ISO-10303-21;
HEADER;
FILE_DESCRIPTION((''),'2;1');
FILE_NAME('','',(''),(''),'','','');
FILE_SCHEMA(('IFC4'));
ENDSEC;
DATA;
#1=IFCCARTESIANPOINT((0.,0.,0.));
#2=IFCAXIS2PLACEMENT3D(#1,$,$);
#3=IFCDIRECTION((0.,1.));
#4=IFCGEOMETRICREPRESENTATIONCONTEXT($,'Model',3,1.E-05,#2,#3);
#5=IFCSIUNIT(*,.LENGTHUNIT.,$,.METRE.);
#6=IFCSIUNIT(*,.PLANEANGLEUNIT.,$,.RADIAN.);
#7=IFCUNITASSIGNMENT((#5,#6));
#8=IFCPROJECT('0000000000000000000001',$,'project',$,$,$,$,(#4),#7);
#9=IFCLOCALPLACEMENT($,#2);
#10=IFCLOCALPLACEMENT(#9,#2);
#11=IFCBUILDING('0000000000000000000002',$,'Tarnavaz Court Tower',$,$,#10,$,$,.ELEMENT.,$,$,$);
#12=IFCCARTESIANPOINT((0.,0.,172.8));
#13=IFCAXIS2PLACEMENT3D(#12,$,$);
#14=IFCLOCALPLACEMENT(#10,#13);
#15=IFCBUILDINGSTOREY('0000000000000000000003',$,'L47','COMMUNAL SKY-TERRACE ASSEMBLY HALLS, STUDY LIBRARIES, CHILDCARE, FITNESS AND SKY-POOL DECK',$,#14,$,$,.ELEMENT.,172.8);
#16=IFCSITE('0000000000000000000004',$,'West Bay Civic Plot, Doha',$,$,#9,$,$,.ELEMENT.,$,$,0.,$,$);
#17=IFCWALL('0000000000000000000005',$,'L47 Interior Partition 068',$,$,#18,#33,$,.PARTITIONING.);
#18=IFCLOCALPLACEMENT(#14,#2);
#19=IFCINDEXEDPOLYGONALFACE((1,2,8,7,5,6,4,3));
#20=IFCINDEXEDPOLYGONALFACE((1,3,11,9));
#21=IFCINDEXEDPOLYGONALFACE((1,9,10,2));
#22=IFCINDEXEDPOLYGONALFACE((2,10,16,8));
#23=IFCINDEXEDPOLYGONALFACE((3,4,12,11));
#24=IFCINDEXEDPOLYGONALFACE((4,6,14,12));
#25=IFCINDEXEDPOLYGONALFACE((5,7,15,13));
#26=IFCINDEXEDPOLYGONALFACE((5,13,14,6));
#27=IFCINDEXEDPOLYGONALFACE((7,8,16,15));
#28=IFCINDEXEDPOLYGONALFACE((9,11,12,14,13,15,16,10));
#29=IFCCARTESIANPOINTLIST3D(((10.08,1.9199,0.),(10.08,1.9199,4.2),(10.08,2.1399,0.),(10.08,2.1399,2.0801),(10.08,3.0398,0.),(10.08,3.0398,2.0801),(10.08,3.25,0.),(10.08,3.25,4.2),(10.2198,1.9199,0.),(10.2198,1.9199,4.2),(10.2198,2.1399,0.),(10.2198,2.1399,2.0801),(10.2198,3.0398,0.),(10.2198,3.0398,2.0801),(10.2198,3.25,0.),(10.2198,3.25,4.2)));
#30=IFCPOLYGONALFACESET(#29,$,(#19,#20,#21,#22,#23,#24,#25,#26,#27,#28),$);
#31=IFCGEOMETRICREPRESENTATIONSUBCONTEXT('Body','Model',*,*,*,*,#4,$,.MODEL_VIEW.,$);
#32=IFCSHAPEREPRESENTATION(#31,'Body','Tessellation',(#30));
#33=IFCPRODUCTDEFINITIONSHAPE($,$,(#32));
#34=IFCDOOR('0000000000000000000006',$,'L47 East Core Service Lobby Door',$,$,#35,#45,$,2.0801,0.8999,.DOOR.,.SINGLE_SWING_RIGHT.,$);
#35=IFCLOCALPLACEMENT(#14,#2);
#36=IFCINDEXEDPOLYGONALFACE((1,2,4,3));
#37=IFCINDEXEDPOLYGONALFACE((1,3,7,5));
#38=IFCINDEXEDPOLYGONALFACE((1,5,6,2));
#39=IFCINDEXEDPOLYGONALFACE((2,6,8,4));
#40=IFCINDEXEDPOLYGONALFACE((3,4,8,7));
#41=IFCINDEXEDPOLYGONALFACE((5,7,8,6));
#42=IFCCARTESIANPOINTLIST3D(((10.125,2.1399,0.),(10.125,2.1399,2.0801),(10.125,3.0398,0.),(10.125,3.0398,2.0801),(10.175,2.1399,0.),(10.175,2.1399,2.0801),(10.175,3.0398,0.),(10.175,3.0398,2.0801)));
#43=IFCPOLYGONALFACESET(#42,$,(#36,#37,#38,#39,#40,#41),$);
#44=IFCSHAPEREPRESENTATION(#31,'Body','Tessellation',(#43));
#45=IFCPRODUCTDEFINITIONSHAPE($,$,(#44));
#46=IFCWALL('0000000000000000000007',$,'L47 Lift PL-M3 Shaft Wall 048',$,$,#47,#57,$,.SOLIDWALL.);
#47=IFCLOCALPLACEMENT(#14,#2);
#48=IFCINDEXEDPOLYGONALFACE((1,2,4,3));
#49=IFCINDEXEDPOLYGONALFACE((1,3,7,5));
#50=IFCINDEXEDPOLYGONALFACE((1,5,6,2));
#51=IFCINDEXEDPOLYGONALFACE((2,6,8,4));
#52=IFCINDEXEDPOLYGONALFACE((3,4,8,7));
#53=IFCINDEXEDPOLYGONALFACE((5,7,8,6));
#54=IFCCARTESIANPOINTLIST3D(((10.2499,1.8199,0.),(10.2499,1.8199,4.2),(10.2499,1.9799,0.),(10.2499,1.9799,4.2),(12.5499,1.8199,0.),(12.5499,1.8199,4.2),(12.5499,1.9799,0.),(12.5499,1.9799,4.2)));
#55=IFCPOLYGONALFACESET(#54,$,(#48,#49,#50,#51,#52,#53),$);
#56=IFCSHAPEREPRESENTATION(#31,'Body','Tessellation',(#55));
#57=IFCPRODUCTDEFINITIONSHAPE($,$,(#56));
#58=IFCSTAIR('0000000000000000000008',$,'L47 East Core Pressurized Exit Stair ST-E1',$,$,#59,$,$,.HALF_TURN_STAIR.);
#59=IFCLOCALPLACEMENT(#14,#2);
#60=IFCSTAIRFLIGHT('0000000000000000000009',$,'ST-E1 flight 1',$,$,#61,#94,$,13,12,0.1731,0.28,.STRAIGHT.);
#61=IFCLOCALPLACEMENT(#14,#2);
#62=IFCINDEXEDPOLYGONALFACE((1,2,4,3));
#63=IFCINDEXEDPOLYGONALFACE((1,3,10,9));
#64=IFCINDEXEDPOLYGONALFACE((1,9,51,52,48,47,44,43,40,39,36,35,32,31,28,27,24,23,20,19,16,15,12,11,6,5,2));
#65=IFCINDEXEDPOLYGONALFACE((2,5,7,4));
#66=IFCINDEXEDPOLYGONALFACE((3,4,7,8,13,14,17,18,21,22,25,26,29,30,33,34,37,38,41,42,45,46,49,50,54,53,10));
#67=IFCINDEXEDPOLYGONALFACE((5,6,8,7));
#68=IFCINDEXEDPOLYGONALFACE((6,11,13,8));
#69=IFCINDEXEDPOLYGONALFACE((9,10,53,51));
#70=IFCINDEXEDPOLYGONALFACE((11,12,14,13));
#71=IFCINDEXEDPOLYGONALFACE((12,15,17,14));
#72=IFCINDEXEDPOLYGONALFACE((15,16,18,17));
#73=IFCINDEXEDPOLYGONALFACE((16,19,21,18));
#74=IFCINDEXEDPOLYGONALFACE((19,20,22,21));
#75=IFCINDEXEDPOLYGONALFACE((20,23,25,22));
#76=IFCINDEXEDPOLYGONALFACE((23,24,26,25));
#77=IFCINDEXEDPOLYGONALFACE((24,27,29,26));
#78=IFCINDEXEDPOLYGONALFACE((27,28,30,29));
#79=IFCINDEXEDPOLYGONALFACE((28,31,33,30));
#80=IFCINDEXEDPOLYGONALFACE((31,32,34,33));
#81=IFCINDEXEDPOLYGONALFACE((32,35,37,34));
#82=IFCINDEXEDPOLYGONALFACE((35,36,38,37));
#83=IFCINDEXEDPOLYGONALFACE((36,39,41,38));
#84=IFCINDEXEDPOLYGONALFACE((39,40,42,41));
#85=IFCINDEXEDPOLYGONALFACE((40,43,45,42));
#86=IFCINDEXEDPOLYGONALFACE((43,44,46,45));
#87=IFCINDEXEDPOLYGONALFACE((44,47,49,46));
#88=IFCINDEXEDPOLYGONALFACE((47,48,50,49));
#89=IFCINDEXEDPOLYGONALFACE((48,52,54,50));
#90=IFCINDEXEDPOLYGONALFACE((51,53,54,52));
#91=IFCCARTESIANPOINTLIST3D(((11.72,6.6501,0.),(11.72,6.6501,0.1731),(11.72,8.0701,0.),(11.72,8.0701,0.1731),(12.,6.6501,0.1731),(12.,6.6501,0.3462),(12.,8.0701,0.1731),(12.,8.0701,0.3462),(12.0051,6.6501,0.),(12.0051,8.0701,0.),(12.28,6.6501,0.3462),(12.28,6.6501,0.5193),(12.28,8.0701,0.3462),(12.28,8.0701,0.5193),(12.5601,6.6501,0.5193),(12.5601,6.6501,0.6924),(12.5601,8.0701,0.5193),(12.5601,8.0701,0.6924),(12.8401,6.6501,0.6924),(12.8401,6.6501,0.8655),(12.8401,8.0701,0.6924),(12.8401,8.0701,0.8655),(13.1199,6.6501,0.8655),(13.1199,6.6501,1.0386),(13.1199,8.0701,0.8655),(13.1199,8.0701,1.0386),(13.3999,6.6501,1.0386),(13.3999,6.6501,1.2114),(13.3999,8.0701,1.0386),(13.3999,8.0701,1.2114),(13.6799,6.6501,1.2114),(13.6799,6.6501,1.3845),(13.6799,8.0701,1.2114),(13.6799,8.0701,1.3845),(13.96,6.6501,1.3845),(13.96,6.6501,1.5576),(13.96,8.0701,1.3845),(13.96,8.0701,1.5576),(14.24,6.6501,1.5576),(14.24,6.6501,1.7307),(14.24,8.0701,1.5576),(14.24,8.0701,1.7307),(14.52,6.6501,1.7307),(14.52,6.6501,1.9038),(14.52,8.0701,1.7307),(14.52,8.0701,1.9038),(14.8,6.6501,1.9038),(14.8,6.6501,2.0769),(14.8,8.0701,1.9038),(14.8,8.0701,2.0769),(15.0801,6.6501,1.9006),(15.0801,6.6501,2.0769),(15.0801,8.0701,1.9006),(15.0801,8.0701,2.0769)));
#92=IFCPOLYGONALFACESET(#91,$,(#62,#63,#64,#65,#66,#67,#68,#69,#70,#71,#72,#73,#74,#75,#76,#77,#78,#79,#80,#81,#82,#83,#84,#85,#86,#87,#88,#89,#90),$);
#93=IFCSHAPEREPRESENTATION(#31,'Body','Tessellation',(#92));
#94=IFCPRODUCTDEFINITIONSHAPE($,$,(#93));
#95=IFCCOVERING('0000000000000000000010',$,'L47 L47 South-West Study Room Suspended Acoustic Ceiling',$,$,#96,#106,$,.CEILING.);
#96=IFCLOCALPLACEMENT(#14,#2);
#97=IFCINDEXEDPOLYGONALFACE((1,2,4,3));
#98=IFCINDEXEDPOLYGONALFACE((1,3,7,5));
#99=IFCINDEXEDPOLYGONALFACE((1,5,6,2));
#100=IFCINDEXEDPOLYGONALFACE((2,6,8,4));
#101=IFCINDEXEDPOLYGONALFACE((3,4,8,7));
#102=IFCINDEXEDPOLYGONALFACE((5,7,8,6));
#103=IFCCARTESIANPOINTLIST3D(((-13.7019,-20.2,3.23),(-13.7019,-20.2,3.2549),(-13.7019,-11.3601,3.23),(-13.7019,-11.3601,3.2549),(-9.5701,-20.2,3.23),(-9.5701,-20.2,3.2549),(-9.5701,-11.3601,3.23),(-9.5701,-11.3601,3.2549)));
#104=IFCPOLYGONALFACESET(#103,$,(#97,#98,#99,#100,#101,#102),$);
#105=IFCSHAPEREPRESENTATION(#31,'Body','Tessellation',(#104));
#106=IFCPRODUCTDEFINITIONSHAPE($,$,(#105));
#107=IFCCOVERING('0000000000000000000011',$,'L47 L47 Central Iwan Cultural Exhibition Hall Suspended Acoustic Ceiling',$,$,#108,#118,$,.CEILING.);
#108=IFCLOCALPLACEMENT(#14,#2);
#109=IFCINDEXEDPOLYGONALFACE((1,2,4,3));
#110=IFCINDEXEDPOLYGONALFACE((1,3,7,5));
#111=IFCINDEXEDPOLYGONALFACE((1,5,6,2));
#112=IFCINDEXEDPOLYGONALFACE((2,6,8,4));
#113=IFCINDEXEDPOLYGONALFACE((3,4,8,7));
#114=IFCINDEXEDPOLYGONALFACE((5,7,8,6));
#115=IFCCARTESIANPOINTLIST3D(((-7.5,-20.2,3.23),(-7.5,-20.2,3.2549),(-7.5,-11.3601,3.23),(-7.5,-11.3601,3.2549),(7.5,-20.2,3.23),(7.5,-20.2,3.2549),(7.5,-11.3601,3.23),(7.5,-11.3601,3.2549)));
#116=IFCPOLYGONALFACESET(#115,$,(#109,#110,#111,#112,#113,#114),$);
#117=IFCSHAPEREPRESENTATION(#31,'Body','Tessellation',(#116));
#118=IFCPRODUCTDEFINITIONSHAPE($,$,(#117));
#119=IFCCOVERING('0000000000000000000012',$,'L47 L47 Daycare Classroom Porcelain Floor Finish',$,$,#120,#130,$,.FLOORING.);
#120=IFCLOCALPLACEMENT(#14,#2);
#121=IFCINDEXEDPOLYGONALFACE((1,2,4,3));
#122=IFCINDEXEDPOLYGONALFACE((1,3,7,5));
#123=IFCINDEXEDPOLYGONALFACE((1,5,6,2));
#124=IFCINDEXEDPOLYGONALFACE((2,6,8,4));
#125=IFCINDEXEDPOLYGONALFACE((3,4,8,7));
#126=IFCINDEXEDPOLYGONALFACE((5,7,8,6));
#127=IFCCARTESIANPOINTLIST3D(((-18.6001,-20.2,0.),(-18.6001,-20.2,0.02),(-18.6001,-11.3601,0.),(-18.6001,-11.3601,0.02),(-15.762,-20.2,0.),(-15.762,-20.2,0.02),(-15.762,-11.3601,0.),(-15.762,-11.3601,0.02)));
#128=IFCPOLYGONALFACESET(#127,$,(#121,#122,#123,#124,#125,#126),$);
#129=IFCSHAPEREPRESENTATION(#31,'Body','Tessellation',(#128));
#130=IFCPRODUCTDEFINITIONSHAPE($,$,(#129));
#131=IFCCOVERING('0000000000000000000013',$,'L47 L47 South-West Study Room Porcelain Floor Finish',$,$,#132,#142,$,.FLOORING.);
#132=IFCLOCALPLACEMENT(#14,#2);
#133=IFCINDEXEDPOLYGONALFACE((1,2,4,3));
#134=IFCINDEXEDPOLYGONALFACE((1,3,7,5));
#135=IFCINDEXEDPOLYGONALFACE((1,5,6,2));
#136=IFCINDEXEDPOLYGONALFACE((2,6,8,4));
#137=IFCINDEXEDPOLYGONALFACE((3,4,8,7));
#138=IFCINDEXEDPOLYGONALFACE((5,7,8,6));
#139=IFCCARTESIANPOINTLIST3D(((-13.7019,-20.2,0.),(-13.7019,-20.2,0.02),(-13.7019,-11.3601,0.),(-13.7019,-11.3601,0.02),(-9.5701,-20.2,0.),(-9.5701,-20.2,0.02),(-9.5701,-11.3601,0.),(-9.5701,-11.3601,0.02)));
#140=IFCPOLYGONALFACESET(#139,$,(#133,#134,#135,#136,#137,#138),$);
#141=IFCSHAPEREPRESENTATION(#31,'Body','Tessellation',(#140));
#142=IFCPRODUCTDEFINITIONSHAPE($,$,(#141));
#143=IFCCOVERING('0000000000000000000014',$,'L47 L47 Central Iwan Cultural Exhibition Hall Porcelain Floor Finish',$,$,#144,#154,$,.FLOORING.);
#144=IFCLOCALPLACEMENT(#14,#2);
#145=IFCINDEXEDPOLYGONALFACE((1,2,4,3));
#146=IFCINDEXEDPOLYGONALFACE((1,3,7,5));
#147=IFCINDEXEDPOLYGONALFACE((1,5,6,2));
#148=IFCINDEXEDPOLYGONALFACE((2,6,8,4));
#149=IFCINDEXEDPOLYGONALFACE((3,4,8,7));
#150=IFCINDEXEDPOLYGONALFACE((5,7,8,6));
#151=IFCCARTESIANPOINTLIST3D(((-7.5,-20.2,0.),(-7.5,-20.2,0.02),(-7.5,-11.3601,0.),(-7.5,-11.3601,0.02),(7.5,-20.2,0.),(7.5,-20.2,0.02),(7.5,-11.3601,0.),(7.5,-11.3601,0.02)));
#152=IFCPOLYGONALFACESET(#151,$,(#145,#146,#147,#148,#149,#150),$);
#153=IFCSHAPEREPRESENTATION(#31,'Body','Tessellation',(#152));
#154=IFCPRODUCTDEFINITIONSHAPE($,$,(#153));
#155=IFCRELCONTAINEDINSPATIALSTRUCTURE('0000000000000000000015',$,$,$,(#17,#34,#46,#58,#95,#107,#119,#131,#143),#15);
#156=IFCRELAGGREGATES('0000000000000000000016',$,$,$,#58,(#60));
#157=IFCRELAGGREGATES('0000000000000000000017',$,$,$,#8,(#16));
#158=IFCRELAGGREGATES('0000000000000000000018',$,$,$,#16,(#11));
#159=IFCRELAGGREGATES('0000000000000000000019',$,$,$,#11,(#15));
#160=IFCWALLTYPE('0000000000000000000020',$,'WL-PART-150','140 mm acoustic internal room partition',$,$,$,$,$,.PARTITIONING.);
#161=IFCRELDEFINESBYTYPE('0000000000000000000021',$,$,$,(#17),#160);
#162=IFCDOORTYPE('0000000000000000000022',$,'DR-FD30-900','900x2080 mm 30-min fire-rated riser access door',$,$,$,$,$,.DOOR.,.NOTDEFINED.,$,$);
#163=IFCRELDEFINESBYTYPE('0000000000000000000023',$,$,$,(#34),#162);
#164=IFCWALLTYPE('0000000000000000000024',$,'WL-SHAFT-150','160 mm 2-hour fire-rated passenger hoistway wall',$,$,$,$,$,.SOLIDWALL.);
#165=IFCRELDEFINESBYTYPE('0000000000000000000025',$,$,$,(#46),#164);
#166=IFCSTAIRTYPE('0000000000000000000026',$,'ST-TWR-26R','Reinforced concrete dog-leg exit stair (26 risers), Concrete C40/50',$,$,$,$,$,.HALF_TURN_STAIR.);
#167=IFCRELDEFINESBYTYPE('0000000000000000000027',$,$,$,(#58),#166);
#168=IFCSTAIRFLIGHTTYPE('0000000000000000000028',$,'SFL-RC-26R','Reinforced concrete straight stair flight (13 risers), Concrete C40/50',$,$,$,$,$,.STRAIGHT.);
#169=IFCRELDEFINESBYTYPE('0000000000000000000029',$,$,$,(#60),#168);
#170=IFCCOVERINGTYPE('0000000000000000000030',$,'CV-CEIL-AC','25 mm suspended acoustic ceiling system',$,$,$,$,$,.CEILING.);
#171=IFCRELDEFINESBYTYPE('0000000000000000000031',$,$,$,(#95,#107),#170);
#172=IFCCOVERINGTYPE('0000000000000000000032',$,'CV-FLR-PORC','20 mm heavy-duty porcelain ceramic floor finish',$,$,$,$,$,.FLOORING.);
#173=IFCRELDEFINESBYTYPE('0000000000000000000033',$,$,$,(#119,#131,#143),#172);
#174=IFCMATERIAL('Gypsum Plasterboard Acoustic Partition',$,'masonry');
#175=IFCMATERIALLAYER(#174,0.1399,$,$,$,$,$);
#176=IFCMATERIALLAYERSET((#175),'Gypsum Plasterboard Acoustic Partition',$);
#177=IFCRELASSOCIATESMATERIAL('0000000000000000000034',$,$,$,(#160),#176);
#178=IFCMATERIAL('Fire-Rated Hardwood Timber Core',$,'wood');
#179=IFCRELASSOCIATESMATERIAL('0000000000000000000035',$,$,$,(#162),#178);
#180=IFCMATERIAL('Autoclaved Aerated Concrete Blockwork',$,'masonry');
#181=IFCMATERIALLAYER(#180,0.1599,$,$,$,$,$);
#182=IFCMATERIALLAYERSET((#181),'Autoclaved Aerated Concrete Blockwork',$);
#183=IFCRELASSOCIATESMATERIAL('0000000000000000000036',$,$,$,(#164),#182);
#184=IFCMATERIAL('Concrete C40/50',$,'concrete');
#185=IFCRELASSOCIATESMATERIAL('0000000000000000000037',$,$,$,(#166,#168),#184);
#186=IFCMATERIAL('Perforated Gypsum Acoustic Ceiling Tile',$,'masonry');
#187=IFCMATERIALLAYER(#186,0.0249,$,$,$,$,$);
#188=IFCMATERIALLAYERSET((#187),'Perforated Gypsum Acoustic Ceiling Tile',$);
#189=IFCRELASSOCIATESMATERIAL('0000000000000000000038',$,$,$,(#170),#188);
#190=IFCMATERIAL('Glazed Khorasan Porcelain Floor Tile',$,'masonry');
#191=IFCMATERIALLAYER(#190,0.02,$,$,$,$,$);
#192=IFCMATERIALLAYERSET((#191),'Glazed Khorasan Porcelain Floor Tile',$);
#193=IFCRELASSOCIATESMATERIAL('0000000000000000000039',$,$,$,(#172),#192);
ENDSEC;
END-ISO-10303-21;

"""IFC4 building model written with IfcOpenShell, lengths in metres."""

from ifc_helpers import new_model, si_unit, direction, frame, frame_2d, origin, place, context, subcontext, project, spatial, polyline, rectangle, outline, extrude, material, layer, layer_set, type_object, element, fill, aggregate, save


model = new_model("IFC4")

# Units and contexts
model_context = context("Model", 3, precision=1e-05, world=origin(), true_north=direction((0.0, 1.0)))
body_context = subcontext(model_context, "Body", "Model", "MODEL_VIEW")
ifc_project = project(units=[si_unit("LENGTHUNIT", "METRE"), si_unit("PLANEANGLEUNIT", "RADIAN")], contexts=[model_context])

# Site, building, storey
site_placement = place(None, origin())
site = spatial("IfcSite", under=ifc_project, at=site_placement, Name="West Bay Civic Plot, Doha", CompositionType="ELEMENT", RefElevation=0.0)
building_placement = place(site_placement, origin())
building = spatial("IfcBuilding", under=site, at=building_placement, Name="Tarnavaz Court Tower", CompositionType="ELEMENT")
storey_placement = place(building_placement, frame((0.0, 0.0, 172.8)))
storey = spatial("IfcBuildingStorey", under=building, at=storey_placement, Name="L47", Description="COMMUNAL SKY-TERRACE ASSEMBLY HALLS, STUDY LIBRARIES, CHILDCARE, FITNESS AND SKY-POOL DECK", CompositionType="ELEMENT", Elevation=172.8)

# Shared definitions
ifc_material_1 = material(Name="Fire-Rated Hardwood Timber Core", Category="wood")

# Shared definitions
ifc_material_2 = material(Name="Autoclaved Aerated Concrete Blockwork", Category="masonry")

# Wall, opening, door
ifc_material_3 = material(Name="Gypsum Plasterboard Acoustic Partition", Category="masonry")
ifc_layer_1 = layer(ifc_material_3, 0.1399)
ifc_layer_set_1 = layer_set([ifc_layer_1], Name="Gypsum Plasterboard Acoustic Partition")
wall_type_1 = type_object("IfcWallType", Name="WL-PART-150", Description="140 mm acoustic internal room partition", PredefinedType="PARTITIONING", material=ifc_layer_set_1)
wall_1_placement = place(storey_placement, frame((10.1499, 1.9199, 0.0), z_axis=(0.0, 0.0, 1.0), x_axis=(0.0, 1.0, 0.0)))
wall_1 = element("IfcWall", 1, at=wall_1_placement, inside=storey, type_object=wall_type_1, Name="L47 Interior Partition 068", PredefinedType="PARTITIONING", context=body_context, shape_type="SweptSolid", body=[
    extrude(rectangle(XDim=1.3301, YDim=0.1399, at=frame_2d((0.665, 0.0))), origin(), (0.0, 0.0, 1.0), 4.2),
])
opening_1_placement = place(wall_1_placement, frame((0.22, 0.0, 0.0)))
opening_1 = element("IfcOpeningElement", 2, at=opening_1_placement, cuts=wall_1, PredefinedType="OPENING", context=body_context, shape_type="SweptSolid", body=[
    extrude(rectangle(XDim=0.8999, YDim=2.0801, at=frame_2d((0.45, 1.04))), frame((0.0, 0.0798, 0.0), z_axis=(0.0, -1.0, 0.0), x_axis=(1.0, 0.0, 0.0)), (0.0, 0.0, 1.0), 0.1599),
])
door_type_1 = type_object("IfcDoorType", Name="DR-FD30-900", Description="900x2080 mm 30-min fire-rated riser access door", OperationType="NOTDEFINED", PredefinedType="DOOR", material=ifc_material_1)
door_1_placement = place(opening_1_placement, origin())
door_1 = element("IfcDoor", 3, at=door_1_placement, inside=storey, type_object=door_type_1, Name="L47 East Core Service Lobby Door", OperationType="SINGLE_SWING_RIGHT", OverallHeight=2.0801, OverallWidth=0.8999, PredefinedType="DOOR", context=body_context, shape_type="SweptSolid", body=[
    extrude(rectangle(XDim=0.8999, YDim=2.0801, at=frame_2d((0.45, 1.04))), frame((0.0, 0.0249, 0.0), z_axis=(0.0, -1.0, 0.0), x_axis=(1.0, 0.0, 0.0)), (0.0, 0.0, 1.0), 0.05),
])
fill(opening_1, door_1)

# Wall
ifc_layer_2 = layer(ifc_material_2, 0.1599)
ifc_layer_set_2 = layer_set([ifc_layer_2], Name="Autoclaved Aerated Concrete Blockwork")
wall_type_2 = type_object("IfcWallType", Name="WL-SHAFT-150", Description="160 mm 2-hour fire-rated passenger hoistway wall", PredefinedType="SOLIDWALL", material=ifc_layer_set_2)
wall_2_placement = place(storey_placement, frame((10.25, 1.8999, 0.0), z_axis=(0.0, 0.0, 1.0), x_axis=(1.0, 0.0, 0.0)))
element("IfcWall", 4, at=wall_2_placement, inside=storey, type_object=wall_type_2, Name="L47 Lift PL-M3 Shaft Wall 048", PredefinedType="SOLIDWALL", context=body_context, shape_type="SweptSolid", body=[
    extrude(rectangle(XDim=2.3, YDim=0.1599, at=frame_2d((1.1499, 0.0))), origin(), (0.0, 0.0, 1.0), 4.2),
])

# Stair, stair flight
ifc_material_4 = material(Name="Concrete C40/50", Category="concrete")
stair_type = type_object("IfcStairType", Name="ST-TWR-26R", Description="Reinforced concrete dog-leg exit stair (26 risers), Concrete C40/50", PredefinedType="HALF_TURN_STAIR", material=ifc_material_4)
stair_placement = place(storey_placement, origin())
stair = element("IfcStair", 5, at=stair_placement, inside=storey, type_object=stair_type, Name="L47 East Core Pressurized Exit Stair ST-E1", PredefinedType="HALF_TURN_STAIR")
stair_flight_type = type_object("IfcStairFlightType", Name="SFL-RC-26R", Description="Reinforced concrete straight stair flight (13 risers), Concrete C40/50", PredefinedType="STRAIGHT", material=ifc_material_4)
stair_flight_placement = place(storey_placement, frame((11.72, 7.3601, 0.0), z_axis=(0.0, 0.0, 1.0), x_axis=(1.0, 0.0, 0.0)))
stair_flight = element("IfcStairFlight", 6, at=stair_flight_placement, type_object=stair_flight_type, Name="ST-E1 flight 1", NumberOfRisers=13, NumberOfTreads=12, PredefinedType="STRAIGHT", RiserHeight=0.1731, TreadLength=0.28, context=body_context, shape_type="SweptSolid", body=[
    extrude(outline(polyline([(0.0, 0.0), (0.0, 0.1731), (0.28, 0.1731), (0.28, 0.3462), (0.5601, 0.3462), (0.5601, 0.5193), (0.8401, 0.5193), (0.8401, 0.6924), (1.1201, 0.6924), (1.1201, 0.8655), (1.3999, 0.8655), (1.3999, 1.0386), (1.6799, 1.0386), (1.6799, 1.2114), (1.96, 1.2114), (1.96, 1.3845), (2.24, 1.3845), (2.24, 1.5576), (2.52, 1.5576), (2.52, 1.7307), (2.8, 1.7307), (2.8, 1.9038), (3.0801, 1.9038), (3.0801, 2.0769), (3.3601, 2.0769), (3.3601, 2.25), (3.3601, 1.9006), (0.2852, 0.0), (0.0, 0.0)])), frame((0.0, 0.71, 0.0), z_axis=(0.0, -1.0, 0.0), x_axis=(1.0, 0.0, 0.0)), (0.0, 0.0, 1.0), 1.4199),
])
aggregate(stair, [stair_flight])

# Coverings
ifc_material_5 = material(Name="Perforated Gypsum Acoustic Ceiling Tile", Category="masonry")
ifc_layer_3 = layer(ifc_material_5, 0.0249)
ifc_layer_set_3 = layer_set([ifc_layer_3], Name="Perforated Gypsum Acoustic Ceiling Tile")
covering_type_1 = type_object("IfcCoveringType", Name="CV-CEIL-AC", Description="25 mm suspended acoustic ceiling system", PredefinedType="CEILING", material=ifc_layer_set_3)
covering_1_placement = place(storey_placement, frame((0.0, 0.0, 3.23)))
element("IfcCovering", 7, at=covering_1_placement, inside=storey, type_object=covering_type_1, Name="L47 L47 South-West Study Room Suspended Acoustic Ceiling", PredefinedType="CEILING", context=body_context, shape_type="SweptSolid", body=[
    extrude(outline(polyline([(-13.7019, -20.2), (-9.5701, -20.2), (-9.5701, -11.3601), (-13.7019, -11.3601), (-13.7019, -20.2)])), origin(), (0.0, 0.0, 1.0), 0.0249),
])
covering_2_placement = place(storey_placement, frame((0.0, 0.0, 3.23)))
element("IfcCovering", 8, at=covering_2_placement, inside=storey, type_object=covering_type_1, Name="L47 L47 Central Iwan Cultural Exhibition Hall Suspended Acoustic Ceiling", PredefinedType="CEILING", context=body_context, shape_type="SweptSolid", body=[
    extrude(outline(polyline([(-7.5, -20.2), (7.5, -20.2), (7.5, -11.3601), (-7.5, -11.3601), (-7.5, -20.2)])), origin(), (0.0, 0.0, 1.0), 0.0249),
])
ifc_material_6 = material(Name="Glazed Khorasan Porcelain Floor Tile", Category="masonry")
ifc_layer_4 = layer(ifc_material_6, 0.02)
ifc_layer_set_4 = layer_set([ifc_layer_4], Name="Glazed Khorasan Porcelain Floor Tile")
covering_type_2 = type_object("IfcCoveringType", Name="CV-FLR-PORC", Description="20 mm heavy-duty porcelain ceramic floor finish", PredefinedType="FLOORING", material=ifc_layer_set_4)
covering_3_placement = place(storey_placement, origin())
element("IfcCovering", 9, at=covering_3_placement, inside=storey, type_object=covering_type_2, Name="L47 L47 Daycare Classroom Porcelain Floor Finish", PredefinedType="FLOORING", context=body_context, shape_type="SweptSolid", body=[
    extrude(outline(polyline([(-18.6001, -20.2), (-15.762, -20.2), (-15.762, -11.3601), (-18.6001, -11.3601), (-18.6001, -20.2)])), origin(), (0.0, 0.0, 1.0), 0.02),
])
covering_4_placement = place(storey_placement, origin())
element("IfcCovering", 10, at=covering_4_placement, inside=storey, type_object=covering_type_2, Name="L47 L47 South-West Study Room Porcelain Floor Finish", PredefinedType="FLOORING", context=body_context, shape_type="SweptSolid", body=[
    extrude(outline(polyline([(-13.7019, -20.2), (-9.5701, -20.2), (-9.5701, -11.3601), (-13.7019, -11.3601), (-13.7019, -20.2)])), origin(), (0.0, 0.0, 1.0), 0.02),
])
covering_5_placement = place(storey_placement, origin())
element("IfcCovering", 11, at=covering_5_placement, inside=storey, type_object=covering_type_2, Name="L47 L47 Central Iwan Cultural Exhibition Hall Porcelain Floor Finish", PredefinedType="FLOORING", context=body_context, shape_type="SweptSolid", body=[
    extrude(outline(polyline([(-7.5, -20.2), (7.5, -20.2), (7.5, -11.3601), (-7.5, -11.3601), (-7.5, -20.2)])), origin(), (0.0, 0.0, 1.0), 0.02),
])

save(model, "model.ifc")
